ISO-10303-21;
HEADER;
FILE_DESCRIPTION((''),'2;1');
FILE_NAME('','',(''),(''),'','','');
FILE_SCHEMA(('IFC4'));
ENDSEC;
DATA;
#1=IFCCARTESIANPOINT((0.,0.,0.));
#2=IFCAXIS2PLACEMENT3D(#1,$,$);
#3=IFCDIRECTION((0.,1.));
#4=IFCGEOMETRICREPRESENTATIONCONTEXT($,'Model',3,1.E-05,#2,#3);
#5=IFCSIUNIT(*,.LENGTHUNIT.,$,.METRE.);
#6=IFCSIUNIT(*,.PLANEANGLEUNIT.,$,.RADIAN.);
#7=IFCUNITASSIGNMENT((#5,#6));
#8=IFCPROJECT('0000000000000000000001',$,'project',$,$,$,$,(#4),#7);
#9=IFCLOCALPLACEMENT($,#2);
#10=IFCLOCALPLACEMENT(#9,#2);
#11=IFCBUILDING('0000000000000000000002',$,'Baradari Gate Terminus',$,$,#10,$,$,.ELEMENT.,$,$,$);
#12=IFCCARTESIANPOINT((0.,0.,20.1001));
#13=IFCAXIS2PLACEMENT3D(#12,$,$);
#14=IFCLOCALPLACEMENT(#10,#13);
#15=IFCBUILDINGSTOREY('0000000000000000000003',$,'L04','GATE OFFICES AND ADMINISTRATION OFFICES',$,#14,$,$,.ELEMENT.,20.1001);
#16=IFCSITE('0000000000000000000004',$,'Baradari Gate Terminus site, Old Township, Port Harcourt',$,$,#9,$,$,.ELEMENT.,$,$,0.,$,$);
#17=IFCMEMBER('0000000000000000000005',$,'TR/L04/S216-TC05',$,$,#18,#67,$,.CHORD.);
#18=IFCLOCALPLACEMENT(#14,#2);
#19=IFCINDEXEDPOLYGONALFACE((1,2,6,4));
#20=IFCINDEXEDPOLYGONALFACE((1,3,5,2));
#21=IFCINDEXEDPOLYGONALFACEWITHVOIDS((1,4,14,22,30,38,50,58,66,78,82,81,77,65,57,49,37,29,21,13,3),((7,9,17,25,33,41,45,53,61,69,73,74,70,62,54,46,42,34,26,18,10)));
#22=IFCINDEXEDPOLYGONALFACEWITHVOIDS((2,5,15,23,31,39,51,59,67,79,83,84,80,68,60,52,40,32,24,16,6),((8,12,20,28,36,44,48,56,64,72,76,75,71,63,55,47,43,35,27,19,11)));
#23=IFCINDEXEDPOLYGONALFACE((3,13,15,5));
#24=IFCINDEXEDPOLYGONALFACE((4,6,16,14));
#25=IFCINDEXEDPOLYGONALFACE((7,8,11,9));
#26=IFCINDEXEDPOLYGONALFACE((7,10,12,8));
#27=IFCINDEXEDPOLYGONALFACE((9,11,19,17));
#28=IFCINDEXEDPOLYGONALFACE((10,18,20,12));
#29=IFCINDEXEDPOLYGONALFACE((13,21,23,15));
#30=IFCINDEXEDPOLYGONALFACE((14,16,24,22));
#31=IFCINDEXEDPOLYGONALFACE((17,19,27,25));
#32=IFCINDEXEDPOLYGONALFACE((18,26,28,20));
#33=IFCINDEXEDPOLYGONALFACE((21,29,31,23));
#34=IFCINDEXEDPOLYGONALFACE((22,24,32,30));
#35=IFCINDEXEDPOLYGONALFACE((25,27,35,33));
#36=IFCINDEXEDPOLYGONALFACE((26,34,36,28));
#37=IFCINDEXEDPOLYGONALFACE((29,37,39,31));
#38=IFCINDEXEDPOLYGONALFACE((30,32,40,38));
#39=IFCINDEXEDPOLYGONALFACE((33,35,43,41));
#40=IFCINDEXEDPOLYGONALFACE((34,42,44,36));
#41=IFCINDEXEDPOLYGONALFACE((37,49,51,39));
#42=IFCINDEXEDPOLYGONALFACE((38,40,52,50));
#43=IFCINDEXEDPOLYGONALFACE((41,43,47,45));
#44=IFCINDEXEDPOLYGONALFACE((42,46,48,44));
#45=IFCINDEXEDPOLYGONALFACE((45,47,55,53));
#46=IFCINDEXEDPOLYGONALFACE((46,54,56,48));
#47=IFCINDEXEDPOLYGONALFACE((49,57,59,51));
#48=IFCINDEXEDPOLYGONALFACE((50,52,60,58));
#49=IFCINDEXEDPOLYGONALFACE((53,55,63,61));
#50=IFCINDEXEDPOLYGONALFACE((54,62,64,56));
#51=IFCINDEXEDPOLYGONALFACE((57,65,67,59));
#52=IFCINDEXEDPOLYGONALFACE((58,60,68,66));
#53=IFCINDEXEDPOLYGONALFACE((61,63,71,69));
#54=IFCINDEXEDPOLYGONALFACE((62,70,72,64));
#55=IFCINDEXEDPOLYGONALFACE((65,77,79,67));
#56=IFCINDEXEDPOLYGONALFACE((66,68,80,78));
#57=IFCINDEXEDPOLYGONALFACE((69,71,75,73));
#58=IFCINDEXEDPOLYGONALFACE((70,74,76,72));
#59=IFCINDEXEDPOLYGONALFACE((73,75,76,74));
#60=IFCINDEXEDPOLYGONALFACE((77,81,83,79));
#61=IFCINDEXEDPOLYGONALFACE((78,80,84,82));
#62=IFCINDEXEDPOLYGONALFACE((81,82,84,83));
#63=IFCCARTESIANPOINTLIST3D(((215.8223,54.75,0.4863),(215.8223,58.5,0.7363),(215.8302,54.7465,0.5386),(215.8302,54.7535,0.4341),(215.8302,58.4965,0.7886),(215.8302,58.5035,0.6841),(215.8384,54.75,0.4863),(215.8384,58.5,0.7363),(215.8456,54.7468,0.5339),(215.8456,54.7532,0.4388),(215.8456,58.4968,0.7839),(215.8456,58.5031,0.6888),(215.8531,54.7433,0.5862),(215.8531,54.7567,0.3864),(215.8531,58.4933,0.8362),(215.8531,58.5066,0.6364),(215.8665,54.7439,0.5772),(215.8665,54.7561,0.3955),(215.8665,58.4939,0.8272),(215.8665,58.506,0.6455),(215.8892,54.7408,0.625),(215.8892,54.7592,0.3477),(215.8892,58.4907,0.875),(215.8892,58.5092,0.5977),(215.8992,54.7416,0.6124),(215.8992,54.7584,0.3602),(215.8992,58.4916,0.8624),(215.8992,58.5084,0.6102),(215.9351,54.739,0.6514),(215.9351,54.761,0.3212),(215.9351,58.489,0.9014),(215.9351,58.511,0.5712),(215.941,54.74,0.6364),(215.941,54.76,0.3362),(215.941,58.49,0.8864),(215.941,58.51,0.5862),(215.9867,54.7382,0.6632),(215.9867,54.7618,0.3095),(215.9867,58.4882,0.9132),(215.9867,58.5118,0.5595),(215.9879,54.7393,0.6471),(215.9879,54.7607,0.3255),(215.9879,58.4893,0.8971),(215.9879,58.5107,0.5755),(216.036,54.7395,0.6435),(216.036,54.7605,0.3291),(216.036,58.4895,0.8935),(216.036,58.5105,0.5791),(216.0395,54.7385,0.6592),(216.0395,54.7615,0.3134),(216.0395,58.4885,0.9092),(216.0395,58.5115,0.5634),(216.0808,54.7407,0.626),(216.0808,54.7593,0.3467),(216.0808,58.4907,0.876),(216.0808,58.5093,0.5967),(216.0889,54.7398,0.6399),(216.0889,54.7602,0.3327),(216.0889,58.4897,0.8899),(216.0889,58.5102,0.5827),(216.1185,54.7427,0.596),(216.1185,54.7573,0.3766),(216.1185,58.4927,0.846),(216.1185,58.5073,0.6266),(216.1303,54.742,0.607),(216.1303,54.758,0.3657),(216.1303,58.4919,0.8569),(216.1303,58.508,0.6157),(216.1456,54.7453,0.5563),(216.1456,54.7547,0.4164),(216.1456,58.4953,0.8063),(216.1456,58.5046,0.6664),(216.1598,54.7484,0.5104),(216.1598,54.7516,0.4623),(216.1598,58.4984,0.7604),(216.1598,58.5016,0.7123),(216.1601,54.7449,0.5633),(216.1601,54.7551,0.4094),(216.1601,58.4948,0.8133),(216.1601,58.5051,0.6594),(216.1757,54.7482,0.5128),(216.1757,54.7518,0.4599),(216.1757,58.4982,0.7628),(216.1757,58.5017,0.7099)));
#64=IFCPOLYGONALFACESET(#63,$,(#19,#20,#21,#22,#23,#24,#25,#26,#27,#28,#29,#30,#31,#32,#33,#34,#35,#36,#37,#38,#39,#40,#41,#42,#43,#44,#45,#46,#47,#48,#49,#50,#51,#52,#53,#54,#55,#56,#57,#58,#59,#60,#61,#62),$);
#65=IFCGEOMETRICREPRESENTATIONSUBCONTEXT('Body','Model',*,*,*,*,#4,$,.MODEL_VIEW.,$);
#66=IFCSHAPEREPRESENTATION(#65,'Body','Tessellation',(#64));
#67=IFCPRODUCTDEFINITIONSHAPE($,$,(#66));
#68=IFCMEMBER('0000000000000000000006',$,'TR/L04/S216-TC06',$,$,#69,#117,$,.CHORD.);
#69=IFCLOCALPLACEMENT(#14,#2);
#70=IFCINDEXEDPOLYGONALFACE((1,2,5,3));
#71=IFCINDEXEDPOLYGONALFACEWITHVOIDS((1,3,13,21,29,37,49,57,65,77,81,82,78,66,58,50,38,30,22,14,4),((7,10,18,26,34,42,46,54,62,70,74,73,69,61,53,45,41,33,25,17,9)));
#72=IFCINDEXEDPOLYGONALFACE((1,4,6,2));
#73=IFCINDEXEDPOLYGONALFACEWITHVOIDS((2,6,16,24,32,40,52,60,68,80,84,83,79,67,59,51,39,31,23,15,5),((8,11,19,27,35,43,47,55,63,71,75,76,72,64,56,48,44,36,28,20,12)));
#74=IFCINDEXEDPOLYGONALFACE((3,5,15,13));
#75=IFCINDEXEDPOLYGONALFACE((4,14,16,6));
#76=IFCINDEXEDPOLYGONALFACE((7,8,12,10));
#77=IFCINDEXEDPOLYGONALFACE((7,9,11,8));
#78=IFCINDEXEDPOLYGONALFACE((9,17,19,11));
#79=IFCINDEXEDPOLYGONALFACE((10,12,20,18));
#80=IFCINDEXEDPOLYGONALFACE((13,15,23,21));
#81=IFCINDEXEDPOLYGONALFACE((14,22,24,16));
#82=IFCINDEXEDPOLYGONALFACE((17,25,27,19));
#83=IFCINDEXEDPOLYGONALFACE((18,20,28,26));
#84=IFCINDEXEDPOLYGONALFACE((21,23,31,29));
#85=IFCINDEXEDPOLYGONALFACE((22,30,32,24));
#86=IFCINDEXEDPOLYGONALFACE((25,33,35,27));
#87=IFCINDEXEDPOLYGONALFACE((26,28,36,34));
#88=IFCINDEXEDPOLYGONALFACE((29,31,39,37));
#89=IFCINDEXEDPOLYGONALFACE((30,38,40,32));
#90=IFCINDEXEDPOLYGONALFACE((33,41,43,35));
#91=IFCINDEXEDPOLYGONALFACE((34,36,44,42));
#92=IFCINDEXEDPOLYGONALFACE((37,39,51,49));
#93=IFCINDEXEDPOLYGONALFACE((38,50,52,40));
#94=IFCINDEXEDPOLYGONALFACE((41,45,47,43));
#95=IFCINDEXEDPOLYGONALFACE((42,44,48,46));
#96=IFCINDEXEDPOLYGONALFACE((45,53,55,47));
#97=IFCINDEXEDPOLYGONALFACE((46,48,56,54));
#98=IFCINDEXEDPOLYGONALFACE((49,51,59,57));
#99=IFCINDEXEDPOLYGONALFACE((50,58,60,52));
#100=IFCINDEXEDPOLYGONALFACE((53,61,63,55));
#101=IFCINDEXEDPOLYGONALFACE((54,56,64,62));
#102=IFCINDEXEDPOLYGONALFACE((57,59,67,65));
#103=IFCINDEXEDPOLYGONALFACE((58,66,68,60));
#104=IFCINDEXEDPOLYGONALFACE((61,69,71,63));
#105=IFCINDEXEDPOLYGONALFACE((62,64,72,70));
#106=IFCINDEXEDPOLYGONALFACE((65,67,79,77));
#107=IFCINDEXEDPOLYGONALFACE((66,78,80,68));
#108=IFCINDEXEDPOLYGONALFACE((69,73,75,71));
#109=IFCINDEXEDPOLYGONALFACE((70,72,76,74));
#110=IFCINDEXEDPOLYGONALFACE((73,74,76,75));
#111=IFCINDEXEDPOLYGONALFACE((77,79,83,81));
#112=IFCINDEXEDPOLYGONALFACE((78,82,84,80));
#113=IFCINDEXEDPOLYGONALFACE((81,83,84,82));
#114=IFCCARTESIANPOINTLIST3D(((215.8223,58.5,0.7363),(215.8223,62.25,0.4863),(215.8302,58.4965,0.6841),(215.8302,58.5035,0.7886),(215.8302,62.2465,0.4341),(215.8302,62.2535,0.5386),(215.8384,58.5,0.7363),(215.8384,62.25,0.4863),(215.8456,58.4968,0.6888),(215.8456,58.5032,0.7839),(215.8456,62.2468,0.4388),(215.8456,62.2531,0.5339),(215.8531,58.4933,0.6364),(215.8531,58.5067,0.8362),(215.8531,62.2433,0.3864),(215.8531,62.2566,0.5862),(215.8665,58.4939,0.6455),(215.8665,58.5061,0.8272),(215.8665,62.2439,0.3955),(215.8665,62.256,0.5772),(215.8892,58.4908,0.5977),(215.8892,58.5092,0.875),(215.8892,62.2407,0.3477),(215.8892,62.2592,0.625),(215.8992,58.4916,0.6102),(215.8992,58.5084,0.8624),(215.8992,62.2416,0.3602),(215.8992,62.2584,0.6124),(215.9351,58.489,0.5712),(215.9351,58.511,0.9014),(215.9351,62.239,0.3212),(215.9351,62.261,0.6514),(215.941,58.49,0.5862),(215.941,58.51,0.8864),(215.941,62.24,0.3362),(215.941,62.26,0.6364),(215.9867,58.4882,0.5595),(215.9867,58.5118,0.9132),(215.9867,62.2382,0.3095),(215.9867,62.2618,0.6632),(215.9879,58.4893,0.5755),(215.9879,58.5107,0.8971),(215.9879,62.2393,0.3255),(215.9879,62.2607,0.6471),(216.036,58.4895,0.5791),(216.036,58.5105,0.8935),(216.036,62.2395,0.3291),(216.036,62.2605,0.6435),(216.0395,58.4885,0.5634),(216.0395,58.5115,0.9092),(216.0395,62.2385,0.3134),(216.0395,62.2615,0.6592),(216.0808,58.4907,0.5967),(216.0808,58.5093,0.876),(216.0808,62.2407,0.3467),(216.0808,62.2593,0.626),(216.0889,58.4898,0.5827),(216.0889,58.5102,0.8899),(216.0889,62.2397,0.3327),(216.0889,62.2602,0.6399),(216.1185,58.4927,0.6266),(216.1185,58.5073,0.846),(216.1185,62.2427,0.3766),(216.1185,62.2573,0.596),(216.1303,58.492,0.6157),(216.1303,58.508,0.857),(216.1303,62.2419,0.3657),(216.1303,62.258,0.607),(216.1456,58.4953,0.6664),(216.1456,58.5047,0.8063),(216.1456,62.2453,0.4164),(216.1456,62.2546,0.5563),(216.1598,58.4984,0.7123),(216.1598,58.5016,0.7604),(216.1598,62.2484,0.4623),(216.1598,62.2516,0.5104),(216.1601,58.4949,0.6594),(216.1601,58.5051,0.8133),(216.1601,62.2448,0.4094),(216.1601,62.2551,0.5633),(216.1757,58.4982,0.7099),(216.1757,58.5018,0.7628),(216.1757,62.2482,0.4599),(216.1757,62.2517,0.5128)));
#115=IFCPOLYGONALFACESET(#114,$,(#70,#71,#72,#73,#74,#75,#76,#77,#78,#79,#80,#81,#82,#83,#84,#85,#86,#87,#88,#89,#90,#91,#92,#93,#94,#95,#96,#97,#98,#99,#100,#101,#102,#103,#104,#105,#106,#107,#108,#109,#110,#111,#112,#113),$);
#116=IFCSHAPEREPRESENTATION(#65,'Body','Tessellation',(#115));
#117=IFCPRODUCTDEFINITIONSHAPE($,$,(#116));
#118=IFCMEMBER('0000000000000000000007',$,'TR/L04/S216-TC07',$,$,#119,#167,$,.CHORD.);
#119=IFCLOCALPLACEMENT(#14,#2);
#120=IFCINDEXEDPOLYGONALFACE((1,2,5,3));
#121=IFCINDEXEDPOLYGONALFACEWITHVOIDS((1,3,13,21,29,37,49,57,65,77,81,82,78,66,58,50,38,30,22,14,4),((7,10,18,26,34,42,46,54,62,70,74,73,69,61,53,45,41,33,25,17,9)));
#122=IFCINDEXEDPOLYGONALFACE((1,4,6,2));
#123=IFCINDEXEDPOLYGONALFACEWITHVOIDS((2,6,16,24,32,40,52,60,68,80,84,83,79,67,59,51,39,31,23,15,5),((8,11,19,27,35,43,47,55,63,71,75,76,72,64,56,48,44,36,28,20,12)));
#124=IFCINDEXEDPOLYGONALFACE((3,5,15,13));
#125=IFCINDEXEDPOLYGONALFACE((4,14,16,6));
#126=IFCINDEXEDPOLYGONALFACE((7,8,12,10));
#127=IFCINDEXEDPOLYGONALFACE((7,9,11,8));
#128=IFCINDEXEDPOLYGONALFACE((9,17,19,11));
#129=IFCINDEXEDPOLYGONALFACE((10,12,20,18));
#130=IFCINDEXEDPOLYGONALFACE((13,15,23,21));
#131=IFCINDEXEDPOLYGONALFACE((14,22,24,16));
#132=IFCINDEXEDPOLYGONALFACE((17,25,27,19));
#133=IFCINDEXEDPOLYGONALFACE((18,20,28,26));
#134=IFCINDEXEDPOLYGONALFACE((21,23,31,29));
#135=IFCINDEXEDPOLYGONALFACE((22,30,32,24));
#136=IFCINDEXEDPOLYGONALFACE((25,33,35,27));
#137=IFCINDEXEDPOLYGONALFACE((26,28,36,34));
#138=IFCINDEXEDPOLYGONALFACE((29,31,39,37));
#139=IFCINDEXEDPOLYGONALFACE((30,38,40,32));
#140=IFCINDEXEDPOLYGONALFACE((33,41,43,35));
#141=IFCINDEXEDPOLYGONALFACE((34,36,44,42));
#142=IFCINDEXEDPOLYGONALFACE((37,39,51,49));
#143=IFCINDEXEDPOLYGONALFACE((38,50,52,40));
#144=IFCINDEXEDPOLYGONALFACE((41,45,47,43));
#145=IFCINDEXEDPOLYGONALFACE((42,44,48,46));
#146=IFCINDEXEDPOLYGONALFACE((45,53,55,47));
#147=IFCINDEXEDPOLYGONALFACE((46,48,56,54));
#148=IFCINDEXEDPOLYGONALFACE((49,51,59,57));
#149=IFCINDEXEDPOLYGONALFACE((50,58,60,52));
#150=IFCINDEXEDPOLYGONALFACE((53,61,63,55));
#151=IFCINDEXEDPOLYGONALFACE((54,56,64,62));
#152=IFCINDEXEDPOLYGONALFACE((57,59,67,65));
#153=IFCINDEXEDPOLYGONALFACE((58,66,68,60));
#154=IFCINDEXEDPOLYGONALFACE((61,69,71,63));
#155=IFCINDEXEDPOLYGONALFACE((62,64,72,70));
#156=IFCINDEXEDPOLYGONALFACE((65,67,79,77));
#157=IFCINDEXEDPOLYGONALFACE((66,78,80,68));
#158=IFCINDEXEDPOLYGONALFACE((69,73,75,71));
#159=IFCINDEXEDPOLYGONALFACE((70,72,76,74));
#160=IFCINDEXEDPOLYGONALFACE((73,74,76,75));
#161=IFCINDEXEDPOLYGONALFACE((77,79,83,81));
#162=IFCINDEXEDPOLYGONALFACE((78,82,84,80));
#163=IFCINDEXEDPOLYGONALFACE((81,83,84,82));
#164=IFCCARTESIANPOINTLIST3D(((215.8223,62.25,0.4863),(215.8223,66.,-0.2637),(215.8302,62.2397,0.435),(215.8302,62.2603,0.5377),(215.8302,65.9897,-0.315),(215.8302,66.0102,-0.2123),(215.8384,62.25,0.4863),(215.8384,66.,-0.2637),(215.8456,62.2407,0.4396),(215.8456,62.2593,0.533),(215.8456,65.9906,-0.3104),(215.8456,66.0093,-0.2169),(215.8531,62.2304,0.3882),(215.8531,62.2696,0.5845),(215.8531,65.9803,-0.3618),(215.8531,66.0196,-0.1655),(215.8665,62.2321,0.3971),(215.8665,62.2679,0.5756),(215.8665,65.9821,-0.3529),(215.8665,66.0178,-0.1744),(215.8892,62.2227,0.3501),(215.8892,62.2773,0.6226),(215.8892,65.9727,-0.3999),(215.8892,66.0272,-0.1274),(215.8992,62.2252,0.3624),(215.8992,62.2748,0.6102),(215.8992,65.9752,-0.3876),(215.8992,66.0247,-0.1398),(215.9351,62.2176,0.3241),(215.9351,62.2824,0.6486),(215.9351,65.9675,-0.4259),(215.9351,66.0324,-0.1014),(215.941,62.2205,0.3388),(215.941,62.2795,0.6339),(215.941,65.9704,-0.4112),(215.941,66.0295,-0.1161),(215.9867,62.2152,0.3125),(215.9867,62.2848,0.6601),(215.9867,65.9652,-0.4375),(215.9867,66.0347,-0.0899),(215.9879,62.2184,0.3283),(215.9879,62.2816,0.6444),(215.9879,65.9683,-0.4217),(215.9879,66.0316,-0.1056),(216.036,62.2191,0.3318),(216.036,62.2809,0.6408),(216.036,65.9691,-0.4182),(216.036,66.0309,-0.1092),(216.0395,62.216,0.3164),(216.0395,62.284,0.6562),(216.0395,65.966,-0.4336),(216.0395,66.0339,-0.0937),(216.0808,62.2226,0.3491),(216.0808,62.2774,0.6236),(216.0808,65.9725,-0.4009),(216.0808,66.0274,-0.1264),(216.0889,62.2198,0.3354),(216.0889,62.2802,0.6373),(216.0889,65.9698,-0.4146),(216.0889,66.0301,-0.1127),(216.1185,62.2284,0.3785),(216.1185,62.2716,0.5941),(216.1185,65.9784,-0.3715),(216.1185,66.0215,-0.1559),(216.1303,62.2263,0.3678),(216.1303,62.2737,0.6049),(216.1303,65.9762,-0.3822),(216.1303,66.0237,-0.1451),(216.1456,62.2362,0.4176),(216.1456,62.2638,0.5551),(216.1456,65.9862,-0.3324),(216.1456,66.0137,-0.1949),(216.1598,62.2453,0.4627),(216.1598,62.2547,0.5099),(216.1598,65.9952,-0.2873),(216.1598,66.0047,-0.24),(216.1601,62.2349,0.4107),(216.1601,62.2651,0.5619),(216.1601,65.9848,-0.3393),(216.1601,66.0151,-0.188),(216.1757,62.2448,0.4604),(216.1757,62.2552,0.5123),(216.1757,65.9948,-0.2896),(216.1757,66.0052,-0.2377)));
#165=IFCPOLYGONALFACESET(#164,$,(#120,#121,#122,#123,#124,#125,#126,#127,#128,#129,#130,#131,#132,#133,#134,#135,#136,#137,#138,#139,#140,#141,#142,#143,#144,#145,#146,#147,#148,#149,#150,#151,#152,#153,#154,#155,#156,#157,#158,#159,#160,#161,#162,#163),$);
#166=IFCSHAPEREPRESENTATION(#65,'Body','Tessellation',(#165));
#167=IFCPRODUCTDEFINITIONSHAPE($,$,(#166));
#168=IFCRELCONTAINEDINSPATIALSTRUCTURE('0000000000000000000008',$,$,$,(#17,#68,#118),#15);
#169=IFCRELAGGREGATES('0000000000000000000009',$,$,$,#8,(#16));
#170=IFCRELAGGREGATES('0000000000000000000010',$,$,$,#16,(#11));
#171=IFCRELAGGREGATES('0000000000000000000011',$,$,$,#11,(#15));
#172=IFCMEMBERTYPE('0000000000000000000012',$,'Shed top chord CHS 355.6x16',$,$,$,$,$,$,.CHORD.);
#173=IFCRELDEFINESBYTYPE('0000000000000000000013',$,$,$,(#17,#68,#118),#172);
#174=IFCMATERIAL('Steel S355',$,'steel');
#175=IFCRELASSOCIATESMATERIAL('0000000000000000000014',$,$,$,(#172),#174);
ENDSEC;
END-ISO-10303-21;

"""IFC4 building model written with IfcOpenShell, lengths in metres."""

from ifc_helpers import new_model, si_unit, direction, frame, origin, origin_2d, place, context, subcontext, project, spatial, hollow_circle, extrude, material, material_profile, profile_set, type_object, element, save


model = new_model("IFC4")

# Units and contexts
model_context = context("Model", 3, precision=1e-05, world=origin(), true_north=direction((0.0, 1.0)))
body_context = subcontext(model_context, "Body", "Model", "MODEL_VIEW")
ifc_project = project(units=[si_unit("LENGTHUNIT", "METRE"), si_unit("PLANEANGLEUNIT", "RADIAN")], contexts=[model_context])

# Site, building, storey
site_placement = place(None, origin())
site = spatial("IfcSite", under=ifc_project, at=site_placement, Name="Baradari Gate Terminus site, Old Township, Port Harcourt", CompositionType="ELEMENT", RefElevation=0.0)
building_placement = place(site_placement, origin())
building = spatial("IfcBuilding", under=site, at=building_placement, Name="Baradari Gate Terminus", CompositionType="ELEMENT")
storey_placement = place(building_placement, frame((0.0, 0.0, 20.1001)))
storey = spatial("IfcBuildingStorey", under=building, at=storey_placement, Name="L04", Description="GATE OFFICES AND ADMINISTRATION OFFICES", CompositionType="ELEMENT", Elevation=20.1001)

# Members
ifc_material_1 = material(Name="Steel S355", Category="steel")
ifc_material_profile_1 = material_profile(ifc_material_1, hollow_circle(Radius=0.1777, WallThickness=0.0161, at=origin_2d()), Name="CHS 355.6x16")
ifc_profile_set_1 = profile_set([ifc_material_profile_1], Name="Steel S355")
member_type_1 = type_object("IfcMemberType", Name="Shed top chord CHS 355.6x16", PredefinedType="CHORD", material=ifc_profile_set_1)
for number, where, z_axis, x_axis, name in (
    (1, (216.0, 54.75, 0.4863), (0.0, 0.997785, 0.066519), (-1.0, 0.0, 0.0), "TR/L04/S216-TC05"),
    (2, (216.0, 58.5, 0.7363), (0.0, 0.997785, -0.066519), (-1.0, 0.0, 0.0), "TR/L04/S216-TC06"),
):
    element("IfcMember", number, at=place(storey_placement, frame(where, z_axis=z_axis, x_axis=x_axis)), inside=storey, type_object=member_type_1, Name=name, PredefinedType="CHORD", context=body_context, shape_type="SweptSolid", body=[
        extrude(hollow_circle(Radius=0.1777, WallThickness=0.0161, at=origin_2d()), origin(), (0.0, 0.0, 1.0), 3.7583),
    ])
for number, where, z_axis, x_axis, name in (
    (3, (216.0, 62.25, 0.4863), (0.0, 0.980581, -0.196116), (-1.0, 0.0, 0.0), "TR/L04/S216-TC07"),
):
    element("IfcMember", number, at=place(storey_placement, frame(where, z_axis=z_axis, x_axis=x_axis)), inside=storey, type_object=member_type_1, Name=name, PredefinedType="CHORD", context=body_context, shape_type="SweptSolid", body=[
        extrude(hollow_circle(Radius=0.1777, WallThickness=0.0161, at=origin_2d()), origin(), (0.0, 0.0, 1.0), 3.8242),
    ])

save(model, "model.ifc")
